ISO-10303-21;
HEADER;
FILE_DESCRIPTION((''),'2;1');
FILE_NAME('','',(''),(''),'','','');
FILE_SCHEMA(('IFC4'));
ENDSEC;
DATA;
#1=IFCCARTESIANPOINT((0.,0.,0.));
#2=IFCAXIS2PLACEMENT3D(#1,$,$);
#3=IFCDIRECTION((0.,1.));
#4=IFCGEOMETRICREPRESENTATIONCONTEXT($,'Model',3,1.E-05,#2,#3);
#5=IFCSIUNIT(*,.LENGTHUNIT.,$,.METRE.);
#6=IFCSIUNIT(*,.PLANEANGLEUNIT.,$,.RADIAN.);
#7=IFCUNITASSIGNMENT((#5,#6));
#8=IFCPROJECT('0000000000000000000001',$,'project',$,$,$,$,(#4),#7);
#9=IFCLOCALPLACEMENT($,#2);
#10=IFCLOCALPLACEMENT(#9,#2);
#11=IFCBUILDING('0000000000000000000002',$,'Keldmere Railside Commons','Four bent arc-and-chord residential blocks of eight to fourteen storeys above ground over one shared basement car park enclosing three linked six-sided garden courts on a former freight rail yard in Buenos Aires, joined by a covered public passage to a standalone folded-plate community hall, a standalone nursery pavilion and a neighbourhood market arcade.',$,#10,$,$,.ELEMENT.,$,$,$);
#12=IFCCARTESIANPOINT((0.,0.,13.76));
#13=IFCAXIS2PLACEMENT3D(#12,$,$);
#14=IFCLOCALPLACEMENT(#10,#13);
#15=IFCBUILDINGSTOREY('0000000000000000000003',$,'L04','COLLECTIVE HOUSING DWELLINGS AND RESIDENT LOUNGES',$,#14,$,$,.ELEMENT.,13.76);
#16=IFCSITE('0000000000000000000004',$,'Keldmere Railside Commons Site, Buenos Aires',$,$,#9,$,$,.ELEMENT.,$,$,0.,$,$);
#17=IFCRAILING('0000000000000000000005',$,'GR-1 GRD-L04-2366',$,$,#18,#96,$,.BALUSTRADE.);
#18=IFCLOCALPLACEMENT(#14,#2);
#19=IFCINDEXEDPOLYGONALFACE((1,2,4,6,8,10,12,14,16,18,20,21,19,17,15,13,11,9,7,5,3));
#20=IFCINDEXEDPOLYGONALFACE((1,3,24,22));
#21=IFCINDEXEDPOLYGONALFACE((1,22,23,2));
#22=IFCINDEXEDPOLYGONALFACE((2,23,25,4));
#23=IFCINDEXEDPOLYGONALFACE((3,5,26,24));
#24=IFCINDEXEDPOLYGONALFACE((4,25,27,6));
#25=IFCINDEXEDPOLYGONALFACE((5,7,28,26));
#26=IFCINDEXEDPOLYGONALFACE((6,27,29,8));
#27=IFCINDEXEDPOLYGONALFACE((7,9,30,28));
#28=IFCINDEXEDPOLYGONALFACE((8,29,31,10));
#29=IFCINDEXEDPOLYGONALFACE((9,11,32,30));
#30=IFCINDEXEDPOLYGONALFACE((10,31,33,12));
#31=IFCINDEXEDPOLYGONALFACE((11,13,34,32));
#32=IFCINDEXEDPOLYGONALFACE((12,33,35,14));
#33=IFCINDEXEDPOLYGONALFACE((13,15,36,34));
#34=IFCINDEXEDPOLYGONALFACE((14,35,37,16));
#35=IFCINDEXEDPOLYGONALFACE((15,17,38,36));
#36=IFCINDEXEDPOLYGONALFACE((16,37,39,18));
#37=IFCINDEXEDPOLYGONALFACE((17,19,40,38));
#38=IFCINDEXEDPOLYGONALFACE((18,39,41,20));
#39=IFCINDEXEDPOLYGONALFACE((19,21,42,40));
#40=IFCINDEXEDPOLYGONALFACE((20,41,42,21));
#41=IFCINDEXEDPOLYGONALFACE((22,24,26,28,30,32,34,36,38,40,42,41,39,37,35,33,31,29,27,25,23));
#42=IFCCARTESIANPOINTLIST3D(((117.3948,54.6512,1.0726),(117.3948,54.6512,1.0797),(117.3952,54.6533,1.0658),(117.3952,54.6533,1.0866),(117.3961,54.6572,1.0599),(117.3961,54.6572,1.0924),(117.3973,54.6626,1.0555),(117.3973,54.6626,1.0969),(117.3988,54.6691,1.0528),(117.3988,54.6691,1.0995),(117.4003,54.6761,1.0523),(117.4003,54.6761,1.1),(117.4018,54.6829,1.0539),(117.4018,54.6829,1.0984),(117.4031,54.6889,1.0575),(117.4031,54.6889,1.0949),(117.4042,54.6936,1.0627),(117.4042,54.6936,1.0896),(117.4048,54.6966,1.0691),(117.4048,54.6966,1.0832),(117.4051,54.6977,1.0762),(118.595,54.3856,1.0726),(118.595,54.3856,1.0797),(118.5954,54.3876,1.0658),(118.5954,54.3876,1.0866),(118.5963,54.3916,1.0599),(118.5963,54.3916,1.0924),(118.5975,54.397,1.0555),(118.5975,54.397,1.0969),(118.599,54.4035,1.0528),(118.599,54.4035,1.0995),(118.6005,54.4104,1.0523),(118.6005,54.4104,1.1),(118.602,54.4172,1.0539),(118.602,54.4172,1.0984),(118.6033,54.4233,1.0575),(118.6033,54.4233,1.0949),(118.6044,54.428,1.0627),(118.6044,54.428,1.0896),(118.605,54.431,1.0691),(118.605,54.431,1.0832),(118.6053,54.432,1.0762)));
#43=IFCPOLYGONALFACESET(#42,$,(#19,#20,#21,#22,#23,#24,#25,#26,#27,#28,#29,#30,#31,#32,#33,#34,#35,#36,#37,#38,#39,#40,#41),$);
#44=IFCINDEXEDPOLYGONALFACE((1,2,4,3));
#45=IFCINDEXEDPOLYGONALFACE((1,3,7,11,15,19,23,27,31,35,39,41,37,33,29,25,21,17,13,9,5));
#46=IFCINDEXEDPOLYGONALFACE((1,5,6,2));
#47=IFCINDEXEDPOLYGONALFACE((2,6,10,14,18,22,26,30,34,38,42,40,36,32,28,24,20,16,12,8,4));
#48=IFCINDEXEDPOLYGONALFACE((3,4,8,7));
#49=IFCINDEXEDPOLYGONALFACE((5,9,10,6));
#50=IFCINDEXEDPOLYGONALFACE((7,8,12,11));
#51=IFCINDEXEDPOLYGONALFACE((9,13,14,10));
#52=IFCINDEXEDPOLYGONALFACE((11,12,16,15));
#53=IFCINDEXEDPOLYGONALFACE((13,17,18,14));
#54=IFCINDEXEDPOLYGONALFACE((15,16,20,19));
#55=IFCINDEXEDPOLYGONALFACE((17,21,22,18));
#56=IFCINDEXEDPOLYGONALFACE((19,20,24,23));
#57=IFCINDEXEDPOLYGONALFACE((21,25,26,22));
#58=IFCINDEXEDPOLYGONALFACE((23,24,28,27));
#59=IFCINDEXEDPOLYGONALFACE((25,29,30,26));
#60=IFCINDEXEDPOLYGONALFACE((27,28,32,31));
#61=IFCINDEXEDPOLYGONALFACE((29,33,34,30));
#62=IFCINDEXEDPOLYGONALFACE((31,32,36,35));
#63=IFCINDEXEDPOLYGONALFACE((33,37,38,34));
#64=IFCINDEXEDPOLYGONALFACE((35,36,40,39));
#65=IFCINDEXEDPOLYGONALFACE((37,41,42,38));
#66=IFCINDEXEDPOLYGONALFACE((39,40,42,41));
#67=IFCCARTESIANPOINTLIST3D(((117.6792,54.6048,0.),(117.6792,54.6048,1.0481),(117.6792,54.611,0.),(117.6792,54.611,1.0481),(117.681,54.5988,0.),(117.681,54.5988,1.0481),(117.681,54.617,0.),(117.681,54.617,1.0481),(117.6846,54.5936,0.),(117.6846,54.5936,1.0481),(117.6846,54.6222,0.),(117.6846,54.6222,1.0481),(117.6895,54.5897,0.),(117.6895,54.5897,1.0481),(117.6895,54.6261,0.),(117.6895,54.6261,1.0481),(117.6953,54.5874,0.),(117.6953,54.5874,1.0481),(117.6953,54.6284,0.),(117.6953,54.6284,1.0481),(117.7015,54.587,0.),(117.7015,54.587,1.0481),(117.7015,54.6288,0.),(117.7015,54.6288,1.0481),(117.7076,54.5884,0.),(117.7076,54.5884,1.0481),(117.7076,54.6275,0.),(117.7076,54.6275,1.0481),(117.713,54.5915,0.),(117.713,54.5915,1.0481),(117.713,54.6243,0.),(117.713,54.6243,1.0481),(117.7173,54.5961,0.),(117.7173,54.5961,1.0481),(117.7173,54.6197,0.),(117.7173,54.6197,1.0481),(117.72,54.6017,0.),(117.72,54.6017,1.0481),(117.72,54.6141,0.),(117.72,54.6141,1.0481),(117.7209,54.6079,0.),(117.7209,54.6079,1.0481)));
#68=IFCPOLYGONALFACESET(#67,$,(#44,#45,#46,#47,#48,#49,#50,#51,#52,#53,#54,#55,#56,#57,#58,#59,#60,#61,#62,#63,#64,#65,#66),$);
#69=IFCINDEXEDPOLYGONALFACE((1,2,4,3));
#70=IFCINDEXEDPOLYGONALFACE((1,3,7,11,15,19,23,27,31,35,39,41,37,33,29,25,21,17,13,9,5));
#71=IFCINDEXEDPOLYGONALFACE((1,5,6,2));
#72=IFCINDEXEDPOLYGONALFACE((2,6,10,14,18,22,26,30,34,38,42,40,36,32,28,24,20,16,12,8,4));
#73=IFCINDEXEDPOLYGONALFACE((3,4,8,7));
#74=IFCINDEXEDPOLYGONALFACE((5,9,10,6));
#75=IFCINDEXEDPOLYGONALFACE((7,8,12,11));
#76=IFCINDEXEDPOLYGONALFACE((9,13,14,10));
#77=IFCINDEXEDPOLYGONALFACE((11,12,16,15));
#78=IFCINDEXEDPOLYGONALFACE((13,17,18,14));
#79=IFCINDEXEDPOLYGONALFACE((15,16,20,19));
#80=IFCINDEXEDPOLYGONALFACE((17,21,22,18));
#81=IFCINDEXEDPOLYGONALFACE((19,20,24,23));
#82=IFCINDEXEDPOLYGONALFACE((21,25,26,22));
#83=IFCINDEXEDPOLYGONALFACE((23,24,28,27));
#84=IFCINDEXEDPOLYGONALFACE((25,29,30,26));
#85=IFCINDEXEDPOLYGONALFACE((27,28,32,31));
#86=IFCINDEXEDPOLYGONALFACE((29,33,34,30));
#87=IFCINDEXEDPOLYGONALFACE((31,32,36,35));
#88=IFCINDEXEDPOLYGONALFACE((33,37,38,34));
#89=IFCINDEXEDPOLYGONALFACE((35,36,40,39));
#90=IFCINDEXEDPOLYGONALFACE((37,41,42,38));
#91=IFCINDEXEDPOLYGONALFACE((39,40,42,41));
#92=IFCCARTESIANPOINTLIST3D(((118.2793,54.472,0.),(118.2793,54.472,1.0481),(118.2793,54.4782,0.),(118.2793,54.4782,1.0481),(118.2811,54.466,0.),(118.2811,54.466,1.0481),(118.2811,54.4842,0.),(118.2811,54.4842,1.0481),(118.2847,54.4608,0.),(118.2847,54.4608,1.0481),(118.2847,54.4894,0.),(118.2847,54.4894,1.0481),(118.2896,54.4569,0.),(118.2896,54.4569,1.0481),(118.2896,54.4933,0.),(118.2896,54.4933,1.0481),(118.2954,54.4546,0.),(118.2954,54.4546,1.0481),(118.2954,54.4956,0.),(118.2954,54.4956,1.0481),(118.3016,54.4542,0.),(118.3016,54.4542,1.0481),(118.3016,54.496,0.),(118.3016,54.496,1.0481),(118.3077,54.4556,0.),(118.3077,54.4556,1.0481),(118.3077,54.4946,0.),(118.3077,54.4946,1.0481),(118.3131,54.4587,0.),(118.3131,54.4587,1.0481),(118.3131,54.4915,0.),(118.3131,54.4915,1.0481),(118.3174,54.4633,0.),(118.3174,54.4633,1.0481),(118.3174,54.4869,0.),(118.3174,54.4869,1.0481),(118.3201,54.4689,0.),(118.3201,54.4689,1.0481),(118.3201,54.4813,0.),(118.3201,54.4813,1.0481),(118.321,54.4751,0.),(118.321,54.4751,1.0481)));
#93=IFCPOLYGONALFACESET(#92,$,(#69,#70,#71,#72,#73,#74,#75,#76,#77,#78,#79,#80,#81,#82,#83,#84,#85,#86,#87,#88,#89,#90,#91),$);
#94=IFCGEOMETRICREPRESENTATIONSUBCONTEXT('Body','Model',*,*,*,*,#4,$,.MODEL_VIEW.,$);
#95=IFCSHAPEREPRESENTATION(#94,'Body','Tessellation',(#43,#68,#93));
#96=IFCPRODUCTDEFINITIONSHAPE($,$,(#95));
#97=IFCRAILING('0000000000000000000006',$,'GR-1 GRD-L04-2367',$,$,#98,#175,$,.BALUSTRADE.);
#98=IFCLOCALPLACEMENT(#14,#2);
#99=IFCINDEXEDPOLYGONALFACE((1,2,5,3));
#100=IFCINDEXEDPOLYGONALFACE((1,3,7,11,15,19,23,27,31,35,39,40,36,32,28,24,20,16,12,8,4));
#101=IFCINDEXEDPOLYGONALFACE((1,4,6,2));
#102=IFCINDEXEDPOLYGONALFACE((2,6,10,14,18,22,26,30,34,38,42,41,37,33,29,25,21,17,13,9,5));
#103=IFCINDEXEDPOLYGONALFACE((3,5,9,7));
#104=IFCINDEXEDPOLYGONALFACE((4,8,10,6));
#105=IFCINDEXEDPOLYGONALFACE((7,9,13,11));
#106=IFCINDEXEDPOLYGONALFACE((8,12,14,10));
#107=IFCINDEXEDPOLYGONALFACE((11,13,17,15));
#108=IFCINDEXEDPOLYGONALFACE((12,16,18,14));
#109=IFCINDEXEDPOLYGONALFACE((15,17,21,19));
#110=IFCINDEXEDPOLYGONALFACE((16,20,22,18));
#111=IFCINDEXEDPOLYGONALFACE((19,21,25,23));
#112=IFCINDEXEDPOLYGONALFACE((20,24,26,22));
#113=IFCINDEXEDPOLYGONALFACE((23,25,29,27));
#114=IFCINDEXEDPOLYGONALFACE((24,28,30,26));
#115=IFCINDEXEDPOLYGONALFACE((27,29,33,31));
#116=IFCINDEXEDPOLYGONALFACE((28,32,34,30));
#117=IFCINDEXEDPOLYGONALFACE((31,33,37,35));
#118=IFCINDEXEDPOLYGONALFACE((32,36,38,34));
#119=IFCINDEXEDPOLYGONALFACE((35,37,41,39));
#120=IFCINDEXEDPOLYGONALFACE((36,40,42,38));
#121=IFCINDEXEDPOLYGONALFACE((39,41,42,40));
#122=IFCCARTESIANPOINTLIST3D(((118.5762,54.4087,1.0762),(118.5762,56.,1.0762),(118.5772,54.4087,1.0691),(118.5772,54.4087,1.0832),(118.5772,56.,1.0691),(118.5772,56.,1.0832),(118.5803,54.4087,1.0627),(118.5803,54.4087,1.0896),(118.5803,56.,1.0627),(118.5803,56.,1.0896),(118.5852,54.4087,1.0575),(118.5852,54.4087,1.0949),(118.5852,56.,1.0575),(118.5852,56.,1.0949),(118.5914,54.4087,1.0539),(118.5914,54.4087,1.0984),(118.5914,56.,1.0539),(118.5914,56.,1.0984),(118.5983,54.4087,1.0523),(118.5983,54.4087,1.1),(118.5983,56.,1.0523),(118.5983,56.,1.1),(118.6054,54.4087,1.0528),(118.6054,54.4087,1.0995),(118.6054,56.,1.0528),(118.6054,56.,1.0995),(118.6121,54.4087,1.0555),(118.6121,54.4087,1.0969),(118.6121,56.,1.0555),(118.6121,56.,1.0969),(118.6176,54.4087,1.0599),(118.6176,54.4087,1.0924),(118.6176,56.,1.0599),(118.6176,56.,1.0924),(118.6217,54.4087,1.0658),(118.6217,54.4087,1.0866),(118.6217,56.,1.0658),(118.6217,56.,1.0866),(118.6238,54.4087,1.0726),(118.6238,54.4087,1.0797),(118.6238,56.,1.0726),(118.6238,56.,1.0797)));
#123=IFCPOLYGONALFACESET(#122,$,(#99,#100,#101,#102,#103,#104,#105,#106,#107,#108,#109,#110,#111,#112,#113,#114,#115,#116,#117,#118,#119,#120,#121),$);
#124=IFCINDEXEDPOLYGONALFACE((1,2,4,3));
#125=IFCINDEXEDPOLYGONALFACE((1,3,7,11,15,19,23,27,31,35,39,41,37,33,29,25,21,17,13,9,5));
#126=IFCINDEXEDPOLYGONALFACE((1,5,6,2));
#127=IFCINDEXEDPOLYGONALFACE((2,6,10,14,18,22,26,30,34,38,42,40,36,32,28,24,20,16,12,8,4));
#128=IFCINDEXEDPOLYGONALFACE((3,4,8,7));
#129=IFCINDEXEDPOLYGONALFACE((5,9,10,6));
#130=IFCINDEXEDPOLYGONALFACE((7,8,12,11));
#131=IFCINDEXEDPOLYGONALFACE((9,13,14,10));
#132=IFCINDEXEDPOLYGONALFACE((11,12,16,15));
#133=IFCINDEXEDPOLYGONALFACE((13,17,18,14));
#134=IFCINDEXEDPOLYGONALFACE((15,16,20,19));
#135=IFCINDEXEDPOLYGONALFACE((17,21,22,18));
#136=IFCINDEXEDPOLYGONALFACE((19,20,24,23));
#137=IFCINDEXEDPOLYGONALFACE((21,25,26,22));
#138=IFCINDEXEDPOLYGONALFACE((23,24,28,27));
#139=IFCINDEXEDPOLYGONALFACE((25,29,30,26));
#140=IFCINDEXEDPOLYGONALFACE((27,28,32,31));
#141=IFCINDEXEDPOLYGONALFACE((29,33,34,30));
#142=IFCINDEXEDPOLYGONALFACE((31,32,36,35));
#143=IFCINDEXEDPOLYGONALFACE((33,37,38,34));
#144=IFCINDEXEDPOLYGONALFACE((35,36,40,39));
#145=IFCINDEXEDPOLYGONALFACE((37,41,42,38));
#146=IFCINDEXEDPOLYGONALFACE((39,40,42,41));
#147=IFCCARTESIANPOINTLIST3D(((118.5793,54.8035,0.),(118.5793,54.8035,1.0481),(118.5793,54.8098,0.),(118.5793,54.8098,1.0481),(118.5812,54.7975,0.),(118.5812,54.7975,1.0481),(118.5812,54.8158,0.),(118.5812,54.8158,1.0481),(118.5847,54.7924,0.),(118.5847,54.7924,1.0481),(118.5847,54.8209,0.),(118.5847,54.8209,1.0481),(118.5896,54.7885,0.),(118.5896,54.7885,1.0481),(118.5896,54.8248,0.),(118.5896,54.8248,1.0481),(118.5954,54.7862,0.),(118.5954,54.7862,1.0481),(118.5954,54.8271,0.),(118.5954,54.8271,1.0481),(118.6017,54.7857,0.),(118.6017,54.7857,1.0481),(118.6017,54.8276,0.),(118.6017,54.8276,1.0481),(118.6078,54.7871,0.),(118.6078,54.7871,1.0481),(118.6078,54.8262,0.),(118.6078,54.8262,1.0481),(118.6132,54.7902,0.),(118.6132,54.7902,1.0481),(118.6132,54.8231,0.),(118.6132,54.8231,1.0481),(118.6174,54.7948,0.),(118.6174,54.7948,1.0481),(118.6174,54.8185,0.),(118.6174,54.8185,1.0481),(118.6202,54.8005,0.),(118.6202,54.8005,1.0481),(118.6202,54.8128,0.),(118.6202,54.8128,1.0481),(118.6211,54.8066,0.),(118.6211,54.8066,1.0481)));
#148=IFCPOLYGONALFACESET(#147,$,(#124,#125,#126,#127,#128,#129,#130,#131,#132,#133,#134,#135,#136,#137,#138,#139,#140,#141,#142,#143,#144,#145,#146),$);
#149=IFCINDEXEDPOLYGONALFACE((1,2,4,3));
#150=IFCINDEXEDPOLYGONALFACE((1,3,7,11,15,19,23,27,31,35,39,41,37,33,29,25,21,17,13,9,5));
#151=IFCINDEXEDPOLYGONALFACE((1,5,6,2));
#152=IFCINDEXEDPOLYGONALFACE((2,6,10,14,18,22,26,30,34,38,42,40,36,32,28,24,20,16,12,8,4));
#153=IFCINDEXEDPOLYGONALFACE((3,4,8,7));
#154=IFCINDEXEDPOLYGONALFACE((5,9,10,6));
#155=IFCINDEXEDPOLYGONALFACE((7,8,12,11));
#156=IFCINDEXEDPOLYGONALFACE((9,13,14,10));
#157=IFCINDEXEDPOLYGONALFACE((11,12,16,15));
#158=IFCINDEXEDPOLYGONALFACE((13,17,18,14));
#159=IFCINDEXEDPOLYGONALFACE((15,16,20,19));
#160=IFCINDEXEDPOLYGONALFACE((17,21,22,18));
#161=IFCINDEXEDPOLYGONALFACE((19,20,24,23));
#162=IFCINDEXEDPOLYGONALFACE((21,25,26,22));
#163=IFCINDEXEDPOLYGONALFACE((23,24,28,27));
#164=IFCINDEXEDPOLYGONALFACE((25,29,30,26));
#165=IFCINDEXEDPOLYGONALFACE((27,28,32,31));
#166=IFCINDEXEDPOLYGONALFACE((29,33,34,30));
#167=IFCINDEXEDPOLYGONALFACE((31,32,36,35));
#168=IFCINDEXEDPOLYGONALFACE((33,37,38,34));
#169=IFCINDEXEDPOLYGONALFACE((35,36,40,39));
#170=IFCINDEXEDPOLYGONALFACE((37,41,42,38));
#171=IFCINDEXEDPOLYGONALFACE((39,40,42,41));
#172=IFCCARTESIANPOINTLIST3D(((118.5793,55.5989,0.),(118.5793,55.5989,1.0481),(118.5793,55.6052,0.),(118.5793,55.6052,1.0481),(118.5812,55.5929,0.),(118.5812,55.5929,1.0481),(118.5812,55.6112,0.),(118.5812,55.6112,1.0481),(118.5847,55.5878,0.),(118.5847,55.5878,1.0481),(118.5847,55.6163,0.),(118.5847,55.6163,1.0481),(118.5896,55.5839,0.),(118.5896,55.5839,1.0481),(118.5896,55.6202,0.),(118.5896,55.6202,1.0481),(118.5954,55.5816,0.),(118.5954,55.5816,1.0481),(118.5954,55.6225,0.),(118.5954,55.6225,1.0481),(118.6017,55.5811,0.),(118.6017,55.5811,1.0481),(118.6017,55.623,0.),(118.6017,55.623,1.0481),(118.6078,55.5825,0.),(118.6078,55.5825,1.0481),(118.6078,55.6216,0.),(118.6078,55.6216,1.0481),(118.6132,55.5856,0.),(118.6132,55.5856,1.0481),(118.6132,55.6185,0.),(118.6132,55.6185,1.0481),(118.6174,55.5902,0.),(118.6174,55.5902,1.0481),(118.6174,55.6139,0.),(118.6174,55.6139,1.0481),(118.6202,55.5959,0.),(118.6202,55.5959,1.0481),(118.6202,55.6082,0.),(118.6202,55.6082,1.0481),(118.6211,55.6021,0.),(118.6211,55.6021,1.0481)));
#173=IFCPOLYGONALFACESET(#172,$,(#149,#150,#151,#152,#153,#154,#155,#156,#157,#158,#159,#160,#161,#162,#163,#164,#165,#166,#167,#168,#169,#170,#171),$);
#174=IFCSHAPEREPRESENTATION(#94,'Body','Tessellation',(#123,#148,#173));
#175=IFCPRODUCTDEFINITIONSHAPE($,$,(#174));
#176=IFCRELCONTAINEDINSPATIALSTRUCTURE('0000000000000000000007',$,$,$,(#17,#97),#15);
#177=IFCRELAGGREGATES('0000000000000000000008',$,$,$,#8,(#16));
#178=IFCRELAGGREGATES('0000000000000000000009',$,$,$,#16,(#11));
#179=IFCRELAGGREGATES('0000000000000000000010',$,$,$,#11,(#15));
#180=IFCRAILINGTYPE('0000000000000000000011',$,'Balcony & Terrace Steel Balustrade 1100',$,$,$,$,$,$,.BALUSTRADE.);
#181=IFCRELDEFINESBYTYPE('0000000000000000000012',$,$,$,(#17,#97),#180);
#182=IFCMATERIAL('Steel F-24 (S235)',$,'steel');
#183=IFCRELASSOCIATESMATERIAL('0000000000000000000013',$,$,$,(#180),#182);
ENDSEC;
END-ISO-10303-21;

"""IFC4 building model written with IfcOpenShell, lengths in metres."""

from ifc_helpers import new_model, si_unit, direction, frame, origin, origin_2d, place, context, subcontext, project, spatial, circle, extrude, material, type_object, element, save


model = new_model("IFC4")

# Units and contexts
model_context = context("Model", 3, precision=1e-05, world=origin(), true_north=direction((0.0, 1.0)))
body_context = subcontext(model_context, "Body", "Model", "MODEL_VIEW")
ifc_project = project(units=[si_unit("LENGTHUNIT", "METRE"), si_unit("PLANEANGLEUNIT", "RADIAN")], contexts=[model_context])

# Site, building, storey
site_placement = place(None, origin())
site = spatial("IfcSite", under=ifc_project, at=site_placement, Name="Keldmere Railside Commons Site, Buenos Aires", CompositionType="ELEMENT", RefElevation=0.0)
building_placement = place(site_placement, origin())
building = spatial("IfcBuilding", under=site, at=building_placement, Name="Keldmere Railside Commons", Description="Four bent arc-and-chord residential blocks of eight to fourteen storeys above ground over one shared basement car park enclosing three linked six-sided garden courts on a former freight rail yard in Buenos Aires, joined by a covered public passage to a standalone folded-plate community hall, a standalone nursery pavilion and a neighbourhood market arcade.", CompositionType="ELEMENT")
storey_placement = place(building_placement, frame((0.0, 0.0, 13.76)))
storey = spatial("IfcBuildingStorey", under=building, at=storey_placement, Name="L04", Description="COLLECTIVE HOUSING DWELLINGS AND RESIDENT LOUNGES", CompositionType="ELEMENT", Elevation=13.76)

# Shared definitions
ifc_material_1 = material(Name="Steel F-24 (S235)", Category="steel")

# Railings
railing_type = type_object("IfcRailingType", Name="Balcony & Terrace Steel Balustrade 1100", PredefinedType="BALUSTRADE", material=ifc_material_1)
railing_1_placement = place(storey_placement, frame((117.3999, 54.6743, 0.0)))
element("IfcRailing", 1, at=railing_1_placement, inside=storey, type_object=railing_type, Name="GR-1 GRD-L04-2366", PredefinedType="BALUSTRADE", context=body_context, shape_type="SweptSolid", body=[
    extrude(circle(Radius=0.0239, at=origin_2d()), frame((0.0, 0.0, 1.0762), z_axis=(0.976374, -0.216089, 0.0), x_axis=(0.216089, 0.976374, 0.0)), (0.0, 0.0, 1.0), 1.2292),
    extrude(circle(Radius=0.021, at=origin_2d()), frame((0.3, -0.0664, 0.0)), (0.0, 0.0, 1.0), 1.0481),
    extrude(circle(Radius=0.021, at=origin_2d()), frame((0.9001, -0.1992, 0.0)), (0.0, 0.0, 1.0), 1.0481),
])
railing_2_placement = place(storey_placement, frame((118.6001, 54.4087, 0.0)))
element("IfcRailing", 2, at=railing_2_placement, inside=storey, type_object=railing_type, Name="GR-1 GRD-L04-2367", PredefinedType="BALUSTRADE", context=body_context, shape_type="SweptSolid", body=[
    extrude(circle(Radius=0.0239, at=origin_2d()), frame((0.0, 0.0, 1.0762), z_axis=(0.0, 1.0, 0.0), x_axis=(-1.0, 0.0, 0.0)), (0.0, 0.0, 1.0), 1.5913),
    extrude(circle(Radius=0.021, at=origin_2d()), frame((0.0, 0.3979, 0.0)), (0.0, 0.0, 1.0), 1.0481),
    extrude(circle(Radius=0.021, at=origin_2d()), frame((0.0, 1.1934, 0.0)), (0.0, 0.0, 1.0), 1.0481),
])

save(model, "model.ifc")
